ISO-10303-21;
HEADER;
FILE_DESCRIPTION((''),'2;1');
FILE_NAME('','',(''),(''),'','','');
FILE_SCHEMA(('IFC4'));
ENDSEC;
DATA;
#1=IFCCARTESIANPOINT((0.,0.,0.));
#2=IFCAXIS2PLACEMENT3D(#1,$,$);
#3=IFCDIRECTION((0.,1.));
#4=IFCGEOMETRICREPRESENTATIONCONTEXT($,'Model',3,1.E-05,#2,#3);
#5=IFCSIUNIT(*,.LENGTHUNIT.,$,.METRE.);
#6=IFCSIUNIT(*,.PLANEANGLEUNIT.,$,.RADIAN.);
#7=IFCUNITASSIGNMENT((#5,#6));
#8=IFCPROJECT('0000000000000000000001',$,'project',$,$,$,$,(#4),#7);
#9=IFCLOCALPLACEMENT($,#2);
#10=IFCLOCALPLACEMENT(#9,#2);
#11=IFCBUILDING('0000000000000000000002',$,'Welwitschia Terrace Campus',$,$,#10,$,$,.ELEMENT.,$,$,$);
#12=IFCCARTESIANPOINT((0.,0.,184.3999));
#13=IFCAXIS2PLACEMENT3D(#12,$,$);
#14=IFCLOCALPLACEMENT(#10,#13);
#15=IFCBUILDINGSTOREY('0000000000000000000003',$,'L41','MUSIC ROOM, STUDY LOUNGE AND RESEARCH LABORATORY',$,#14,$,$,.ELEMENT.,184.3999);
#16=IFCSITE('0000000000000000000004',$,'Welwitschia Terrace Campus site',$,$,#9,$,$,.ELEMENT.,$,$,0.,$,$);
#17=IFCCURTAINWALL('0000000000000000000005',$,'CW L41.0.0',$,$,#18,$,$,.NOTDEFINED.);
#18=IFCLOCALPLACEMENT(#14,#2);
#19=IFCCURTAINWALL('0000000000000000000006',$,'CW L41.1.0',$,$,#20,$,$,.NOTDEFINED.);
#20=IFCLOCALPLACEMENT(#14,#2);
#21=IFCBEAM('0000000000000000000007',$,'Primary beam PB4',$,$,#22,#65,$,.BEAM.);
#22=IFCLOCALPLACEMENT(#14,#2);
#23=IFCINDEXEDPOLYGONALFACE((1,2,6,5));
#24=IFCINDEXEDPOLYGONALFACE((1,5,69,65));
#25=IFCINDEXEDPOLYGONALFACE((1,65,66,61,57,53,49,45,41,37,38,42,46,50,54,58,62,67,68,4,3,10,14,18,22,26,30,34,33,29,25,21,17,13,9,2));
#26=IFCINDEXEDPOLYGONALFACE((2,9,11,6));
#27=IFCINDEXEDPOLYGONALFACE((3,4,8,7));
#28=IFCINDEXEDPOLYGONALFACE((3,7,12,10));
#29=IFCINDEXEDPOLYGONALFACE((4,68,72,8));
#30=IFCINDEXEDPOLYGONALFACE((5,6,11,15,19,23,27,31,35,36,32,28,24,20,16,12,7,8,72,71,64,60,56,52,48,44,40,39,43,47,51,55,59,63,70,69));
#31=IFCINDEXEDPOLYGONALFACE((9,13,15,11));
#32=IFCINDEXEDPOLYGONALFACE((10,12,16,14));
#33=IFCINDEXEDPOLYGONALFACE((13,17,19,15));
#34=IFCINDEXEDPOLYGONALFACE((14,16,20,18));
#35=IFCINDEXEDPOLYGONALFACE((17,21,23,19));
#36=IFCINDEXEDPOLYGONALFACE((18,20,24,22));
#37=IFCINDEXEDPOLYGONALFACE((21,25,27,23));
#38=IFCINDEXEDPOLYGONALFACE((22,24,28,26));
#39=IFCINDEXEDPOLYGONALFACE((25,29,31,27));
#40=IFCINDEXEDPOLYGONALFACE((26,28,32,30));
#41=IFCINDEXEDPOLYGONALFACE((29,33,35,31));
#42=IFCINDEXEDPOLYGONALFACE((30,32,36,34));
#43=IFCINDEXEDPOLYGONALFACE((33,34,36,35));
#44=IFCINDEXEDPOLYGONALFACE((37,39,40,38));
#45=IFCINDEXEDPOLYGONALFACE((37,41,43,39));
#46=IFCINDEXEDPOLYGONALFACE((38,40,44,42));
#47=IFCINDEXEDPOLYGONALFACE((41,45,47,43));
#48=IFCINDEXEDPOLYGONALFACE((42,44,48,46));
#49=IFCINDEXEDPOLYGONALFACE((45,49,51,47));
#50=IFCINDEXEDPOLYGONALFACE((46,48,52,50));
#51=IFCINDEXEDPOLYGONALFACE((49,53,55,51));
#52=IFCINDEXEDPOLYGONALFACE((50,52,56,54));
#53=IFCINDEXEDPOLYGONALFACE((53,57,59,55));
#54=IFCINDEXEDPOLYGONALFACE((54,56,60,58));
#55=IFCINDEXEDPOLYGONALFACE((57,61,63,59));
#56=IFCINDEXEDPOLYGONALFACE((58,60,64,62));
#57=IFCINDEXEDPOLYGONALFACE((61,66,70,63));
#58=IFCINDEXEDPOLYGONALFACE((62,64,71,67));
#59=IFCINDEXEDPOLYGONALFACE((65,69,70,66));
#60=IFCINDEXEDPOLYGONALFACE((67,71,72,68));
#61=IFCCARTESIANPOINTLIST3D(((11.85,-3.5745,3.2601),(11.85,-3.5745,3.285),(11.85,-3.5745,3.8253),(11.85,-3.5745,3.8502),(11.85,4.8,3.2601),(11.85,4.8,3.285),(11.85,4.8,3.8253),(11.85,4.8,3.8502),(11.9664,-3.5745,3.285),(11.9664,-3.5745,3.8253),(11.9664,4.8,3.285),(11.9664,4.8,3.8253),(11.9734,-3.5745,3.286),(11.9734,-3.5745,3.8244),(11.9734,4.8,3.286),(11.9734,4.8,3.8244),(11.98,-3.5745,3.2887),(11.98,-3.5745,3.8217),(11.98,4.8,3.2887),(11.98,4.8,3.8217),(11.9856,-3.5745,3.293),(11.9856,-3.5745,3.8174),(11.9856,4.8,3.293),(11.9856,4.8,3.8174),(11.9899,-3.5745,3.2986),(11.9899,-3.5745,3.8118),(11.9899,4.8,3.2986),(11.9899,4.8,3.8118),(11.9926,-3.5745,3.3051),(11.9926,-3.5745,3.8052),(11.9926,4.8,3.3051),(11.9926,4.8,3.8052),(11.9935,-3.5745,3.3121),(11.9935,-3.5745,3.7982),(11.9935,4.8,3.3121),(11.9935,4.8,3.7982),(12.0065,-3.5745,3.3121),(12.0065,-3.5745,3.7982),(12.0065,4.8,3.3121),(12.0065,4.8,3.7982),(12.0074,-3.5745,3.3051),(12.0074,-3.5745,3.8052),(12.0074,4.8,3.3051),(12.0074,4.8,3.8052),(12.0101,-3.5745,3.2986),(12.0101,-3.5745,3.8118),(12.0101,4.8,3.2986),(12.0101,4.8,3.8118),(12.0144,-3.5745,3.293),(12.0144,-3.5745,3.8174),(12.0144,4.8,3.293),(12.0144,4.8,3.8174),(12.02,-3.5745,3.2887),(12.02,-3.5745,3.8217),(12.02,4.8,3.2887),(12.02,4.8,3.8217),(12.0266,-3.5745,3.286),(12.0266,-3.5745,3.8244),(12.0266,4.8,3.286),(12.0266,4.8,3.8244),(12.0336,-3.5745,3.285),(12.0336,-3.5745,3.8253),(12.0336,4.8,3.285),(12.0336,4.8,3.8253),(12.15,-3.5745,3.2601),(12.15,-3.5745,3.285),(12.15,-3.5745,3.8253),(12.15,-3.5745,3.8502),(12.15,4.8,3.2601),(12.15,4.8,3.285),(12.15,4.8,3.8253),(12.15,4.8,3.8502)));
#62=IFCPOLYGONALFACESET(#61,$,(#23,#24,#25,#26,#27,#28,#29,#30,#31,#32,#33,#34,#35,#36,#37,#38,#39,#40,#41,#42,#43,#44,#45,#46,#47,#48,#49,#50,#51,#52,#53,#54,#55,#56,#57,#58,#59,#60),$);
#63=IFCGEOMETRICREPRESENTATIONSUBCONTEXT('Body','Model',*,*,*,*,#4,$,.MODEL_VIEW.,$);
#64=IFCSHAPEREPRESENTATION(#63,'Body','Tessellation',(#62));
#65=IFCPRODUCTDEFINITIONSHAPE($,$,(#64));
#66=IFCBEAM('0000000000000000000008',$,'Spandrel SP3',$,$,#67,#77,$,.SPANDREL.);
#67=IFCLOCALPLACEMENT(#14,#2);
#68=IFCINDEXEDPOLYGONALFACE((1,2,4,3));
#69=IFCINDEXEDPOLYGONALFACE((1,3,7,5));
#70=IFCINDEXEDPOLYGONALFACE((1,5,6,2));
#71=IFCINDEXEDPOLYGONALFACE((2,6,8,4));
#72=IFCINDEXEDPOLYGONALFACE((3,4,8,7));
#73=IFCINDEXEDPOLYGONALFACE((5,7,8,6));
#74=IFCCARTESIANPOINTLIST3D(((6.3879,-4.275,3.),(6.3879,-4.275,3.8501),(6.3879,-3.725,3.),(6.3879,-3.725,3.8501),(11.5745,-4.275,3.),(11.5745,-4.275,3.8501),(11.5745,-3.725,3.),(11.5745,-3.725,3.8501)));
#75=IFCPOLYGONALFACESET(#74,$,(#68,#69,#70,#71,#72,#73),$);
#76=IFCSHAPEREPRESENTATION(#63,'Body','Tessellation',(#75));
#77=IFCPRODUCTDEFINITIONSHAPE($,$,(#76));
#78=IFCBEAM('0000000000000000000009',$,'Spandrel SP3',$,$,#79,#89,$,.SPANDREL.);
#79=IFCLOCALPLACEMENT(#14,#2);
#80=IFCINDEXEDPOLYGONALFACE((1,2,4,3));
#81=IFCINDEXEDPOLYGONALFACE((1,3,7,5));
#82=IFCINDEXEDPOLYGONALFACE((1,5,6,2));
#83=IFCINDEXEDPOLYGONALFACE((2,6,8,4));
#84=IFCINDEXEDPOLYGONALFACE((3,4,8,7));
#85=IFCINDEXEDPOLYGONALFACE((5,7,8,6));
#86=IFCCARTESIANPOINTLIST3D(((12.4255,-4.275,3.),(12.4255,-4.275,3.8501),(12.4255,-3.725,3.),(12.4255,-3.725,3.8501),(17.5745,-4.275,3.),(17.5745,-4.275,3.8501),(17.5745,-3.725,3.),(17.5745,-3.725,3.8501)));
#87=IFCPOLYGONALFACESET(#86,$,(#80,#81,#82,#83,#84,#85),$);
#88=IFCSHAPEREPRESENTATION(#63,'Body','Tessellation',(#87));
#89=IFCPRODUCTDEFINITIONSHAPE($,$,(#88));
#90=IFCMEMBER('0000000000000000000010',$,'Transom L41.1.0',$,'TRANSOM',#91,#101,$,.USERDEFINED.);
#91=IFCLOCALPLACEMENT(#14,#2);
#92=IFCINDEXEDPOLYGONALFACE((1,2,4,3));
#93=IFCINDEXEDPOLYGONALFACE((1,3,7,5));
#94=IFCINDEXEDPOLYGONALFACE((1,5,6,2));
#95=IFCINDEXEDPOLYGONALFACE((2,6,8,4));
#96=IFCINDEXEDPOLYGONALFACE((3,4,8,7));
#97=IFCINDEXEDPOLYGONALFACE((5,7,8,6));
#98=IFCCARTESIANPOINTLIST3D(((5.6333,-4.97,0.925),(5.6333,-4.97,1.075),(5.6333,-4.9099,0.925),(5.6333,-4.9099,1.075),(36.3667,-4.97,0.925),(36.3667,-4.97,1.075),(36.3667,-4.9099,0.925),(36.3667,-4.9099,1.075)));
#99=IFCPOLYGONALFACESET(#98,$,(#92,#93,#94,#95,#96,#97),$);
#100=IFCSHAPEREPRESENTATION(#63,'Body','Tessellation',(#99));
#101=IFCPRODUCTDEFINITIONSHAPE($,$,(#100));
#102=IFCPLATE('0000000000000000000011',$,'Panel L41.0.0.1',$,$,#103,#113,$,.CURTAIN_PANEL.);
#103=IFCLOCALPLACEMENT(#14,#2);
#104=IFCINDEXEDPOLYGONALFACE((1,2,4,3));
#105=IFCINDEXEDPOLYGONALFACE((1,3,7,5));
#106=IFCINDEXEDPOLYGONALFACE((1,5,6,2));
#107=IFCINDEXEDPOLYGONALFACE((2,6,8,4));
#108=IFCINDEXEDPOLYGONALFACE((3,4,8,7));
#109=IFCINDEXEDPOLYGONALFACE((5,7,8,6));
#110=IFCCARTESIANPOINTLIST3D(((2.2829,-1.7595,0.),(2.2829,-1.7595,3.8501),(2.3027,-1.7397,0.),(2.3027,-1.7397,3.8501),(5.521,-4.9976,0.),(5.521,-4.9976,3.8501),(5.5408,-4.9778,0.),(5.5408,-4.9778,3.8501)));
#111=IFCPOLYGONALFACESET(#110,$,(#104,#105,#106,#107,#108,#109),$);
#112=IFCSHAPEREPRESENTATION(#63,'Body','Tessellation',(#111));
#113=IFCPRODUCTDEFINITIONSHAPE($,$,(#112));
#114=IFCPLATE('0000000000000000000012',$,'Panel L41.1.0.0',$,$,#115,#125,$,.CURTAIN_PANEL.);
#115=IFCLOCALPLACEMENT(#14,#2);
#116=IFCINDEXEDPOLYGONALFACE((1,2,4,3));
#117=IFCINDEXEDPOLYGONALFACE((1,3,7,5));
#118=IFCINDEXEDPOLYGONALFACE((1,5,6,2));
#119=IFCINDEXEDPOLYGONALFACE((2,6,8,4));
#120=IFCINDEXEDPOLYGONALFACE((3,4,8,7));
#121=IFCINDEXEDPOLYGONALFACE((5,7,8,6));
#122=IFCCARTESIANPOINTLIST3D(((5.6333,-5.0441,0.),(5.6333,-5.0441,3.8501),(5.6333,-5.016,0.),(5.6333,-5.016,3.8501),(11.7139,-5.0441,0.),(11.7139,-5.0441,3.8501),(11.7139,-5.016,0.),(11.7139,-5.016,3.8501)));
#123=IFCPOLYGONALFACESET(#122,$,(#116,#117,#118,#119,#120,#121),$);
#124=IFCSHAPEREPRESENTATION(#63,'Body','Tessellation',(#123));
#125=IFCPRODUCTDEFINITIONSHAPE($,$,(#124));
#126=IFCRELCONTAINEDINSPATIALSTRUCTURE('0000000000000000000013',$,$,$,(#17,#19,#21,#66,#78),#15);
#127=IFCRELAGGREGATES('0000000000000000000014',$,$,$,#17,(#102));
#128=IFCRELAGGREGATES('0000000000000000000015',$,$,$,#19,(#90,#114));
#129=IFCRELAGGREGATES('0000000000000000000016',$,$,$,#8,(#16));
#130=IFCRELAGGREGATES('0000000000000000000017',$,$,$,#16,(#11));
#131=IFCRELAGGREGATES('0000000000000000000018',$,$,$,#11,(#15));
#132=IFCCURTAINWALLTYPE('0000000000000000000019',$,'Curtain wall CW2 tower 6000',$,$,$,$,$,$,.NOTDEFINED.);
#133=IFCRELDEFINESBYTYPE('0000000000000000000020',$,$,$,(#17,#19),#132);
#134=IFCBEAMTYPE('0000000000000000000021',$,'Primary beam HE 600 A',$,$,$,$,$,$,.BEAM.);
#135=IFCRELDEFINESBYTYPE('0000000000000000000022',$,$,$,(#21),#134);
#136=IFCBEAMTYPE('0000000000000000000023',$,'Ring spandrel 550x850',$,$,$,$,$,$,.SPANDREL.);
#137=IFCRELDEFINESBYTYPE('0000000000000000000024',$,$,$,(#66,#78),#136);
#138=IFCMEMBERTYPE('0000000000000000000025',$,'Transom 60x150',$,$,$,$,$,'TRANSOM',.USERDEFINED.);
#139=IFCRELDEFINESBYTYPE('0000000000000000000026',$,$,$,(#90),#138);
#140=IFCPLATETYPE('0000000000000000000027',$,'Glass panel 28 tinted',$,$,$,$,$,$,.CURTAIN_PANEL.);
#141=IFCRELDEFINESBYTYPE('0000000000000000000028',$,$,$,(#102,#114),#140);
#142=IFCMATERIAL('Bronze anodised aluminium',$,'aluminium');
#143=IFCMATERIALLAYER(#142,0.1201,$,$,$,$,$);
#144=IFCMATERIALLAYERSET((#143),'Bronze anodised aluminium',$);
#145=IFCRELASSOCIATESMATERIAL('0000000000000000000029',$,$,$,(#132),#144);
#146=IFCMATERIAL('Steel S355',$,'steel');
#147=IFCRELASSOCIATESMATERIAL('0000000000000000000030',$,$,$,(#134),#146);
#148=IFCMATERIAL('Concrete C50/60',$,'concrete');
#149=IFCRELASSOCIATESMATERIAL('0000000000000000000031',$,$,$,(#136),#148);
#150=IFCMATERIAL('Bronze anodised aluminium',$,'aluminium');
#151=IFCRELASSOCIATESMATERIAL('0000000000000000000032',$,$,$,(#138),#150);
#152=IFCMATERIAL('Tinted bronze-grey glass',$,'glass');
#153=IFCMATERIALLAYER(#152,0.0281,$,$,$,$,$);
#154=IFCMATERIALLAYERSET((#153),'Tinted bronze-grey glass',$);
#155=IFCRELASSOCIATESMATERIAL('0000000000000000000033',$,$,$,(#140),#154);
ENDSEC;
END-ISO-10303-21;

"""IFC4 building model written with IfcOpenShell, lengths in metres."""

from ifc_helpers import new_model, si_unit, direction, frame, origin, origin_2d, place, context, subcontext, project, spatial, rectangle, i_section, extrude, material, layer, layer_set, material_profile, profile_set, type_object, element, aggregate, save


model = new_model("IFC4")

# Units and contexts
model_context = context("Model", 3, precision=1e-05, world=origin(), true_north=direction((0.0, 1.0)))
body_context = subcontext(model_context, "Body", "Model", "MODEL_VIEW")
ifc_project = project(units=[si_unit("LENGTHUNIT", "METRE"), si_unit("PLANEANGLEUNIT", "RADIAN")], contexts=[model_context])

# Site, building, storey
site_placement = place(None, origin())
site = spatial("IfcSite", under=ifc_project, at=site_placement, Name="Welwitschia Terrace Campus site", CompositionType="ELEMENT", RefElevation=0.0)
building_placement = place(site_placement, origin())
building = spatial("IfcBuilding", under=site, at=building_placement, Name="Welwitschia Terrace Campus", CompositionType="ELEMENT")
storey_placement = place(building_placement, frame((0.0, 0.0, 184.3999)))
storey = spatial("IfcBuildingStorey", under=building, at=storey_placement, Name="L41", Description="MUSIC ROOM, STUDY LOUNGE AND RESEARCH LABORATORY", CompositionType="ELEMENT", Elevation=184.3999)

# Curtain walls
ifc_material_1 = material(Name="Bronze anodised aluminium", Category="aluminium")
ifc_layer_1 = layer(ifc_material_1, 0.1201)
ifc_layer_set_1 = layer_set([ifc_layer_1], Name="Bronze anodised aluminium")
curtain_wall_type = type_object("IfcCurtainWallType", Name="Curtain wall CW2 tower 6000", PredefinedType="NOTDEFINED", material=ifc_layer_set_1)
curtain_wall_1_placement = place(storey_placement, origin())
curtain_wall_1 = element("IfcCurtainWall", 1, at=curtain_wall_1_placement, inside=storey, type_object=curtain_wall_type, Name="CW L41.0.0", PredefinedType="NOTDEFINED")
curtain_wall_2_placement = place(storey_placement, origin())
curtain_wall_2 = element("IfcCurtainWall", 2, at=curtain_wall_2_placement, inside=storey, type_object=curtain_wall_type, Name="CW L41.1.0", PredefinedType="NOTDEFINED")

# Beams
ifc_material_2 = material(Name="Steel S355", Category="steel")
ifc_material_profile_1 = material_profile(ifc_material_2, i_section(OverallWidth=0.3, OverallDepth=0.5901, WebThickness=0.0129, FlangeThickness=0.0249, FilletRadius=0.0271, at=origin_2d()))
ifc_profile_set_1 = profile_set([ifc_material_profile_1], Name="Steel S355")
beam_type_1 = type_object("IfcBeamType", Name="Primary beam HE 600 A", PredefinedType="BEAM", material=ifc_profile_set_1)
beam_1_placement = place(storey_placement, frame((12.0, -3.5745, 3.5552), z_axis=(0.0, 1.0, 0.0), x_axis=(-1.0, 0.0, 0.0)))
element("IfcBeam", 3, at=beam_1_placement, inside=storey, type_object=beam_type_1, Name="Primary beam PB4", PredefinedType="BEAM", context=body_context, shape_type="SweptSolid", body=[
    extrude(i_section(OverallWidth=0.3, OverallDepth=0.5901, WebThickness=0.0129, FlangeThickness=0.0249, FilletRadius=0.0271, at=origin_2d()), origin(), (0.0, 0.0, 1.0), 8.3745),
])
ifc_material_3 = material(Name="Concrete C50/60", Category="concrete")
ifc_material_profile_2 = material_profile(ifc_material_3, rectangle(XDim=0.55, YDim=0.8501, at=origin_2d()))
ifc_profile_set_2 = profile_set([ifc_material_profile_2], Name="Concrete C50/60")
beam_type_2 = type_object("IfcBeamType", Name="Ring spandrel 550x850", PredefinedType="SPANDREL", material=ifc_profile_set_2)
beam_2_placement = place(storey_placement, frame((6.3879, -4.0, 3.425), z_axis=(1.0, 0.0, 0.0), x_axis=(0.0, 1.0, 0.0)))
element("IfcBeam", 4, at=beam_2_placement, inside=storey, type_object=beam_type_2, Name="Spandrel SP3", PredefinedType="SPANDREL", context=body_context, shape_type="SweptSolid", body=[
    extrude(rectangle(XDim=0.55, YDim=0.8501, at=origin_2d()), origin(), (0.0, 0.0, 1.0), 5.1865),
])
beam_3_placement = place(storey_placement, frame((12.4255, -4.0, 3.425), z_axis=(1.0, 0.0, 0.0), x_axis=(0.0, 1.0, 0.0)))
element("IfcBeam", 5, at=beam_3_placement, inside=storey, type_object=beam_type_2, Name="Spandrel SP3", PredefinedType="SPANDREL", context=body_context, shape_type="SweptSolid", body=[
    extrude(rectangle(XDim=0.55, YDim=0.8501, at=origin_2d()), origin(), (0.0, 0.0, 1.0), 5.1489),
])

# Member
ifc_material_4 = material(Name="Bronze anodised aluminium", Category="aluminium")
ifc_material_profile_3 = material_profile(ifc_material_4, rectangle(XDim=0.0601, YDim=0.1499, at=origin_2d()))
ifc_profile_set_3 = profile_set([ifc_material_profile_3], Name="Bronze anodised aluminium")
member_type_1 = type_object("IfcMemberType", Name="Transom 60x150", ElementType="TRANSOM", PredefinedType="USERDEFINED", material=ifc_profile_set_3)
member_1_placement = place(storey_placement, frame((5.6333, -4.9399, 1.0), z_axis=(1.0, 0.0, 0.0), x_axis=(0.0, 1.0, 0.0)))
member_1 = element("IfcMember", 6, at=member_1_placement, type_object=member_type_1, Name="Transom L41.1.0", ObjectType="TRANSOM", PredefinedType="USERDEFINED", context=body_context, shape_type="SweptSolid", body=[
    extrude(rectangle(XDim=0.0601, YDim=0.1499, at=origin_2d()), origin(), (0.0, 0.0, 1.0), 30.7334),
])

# Plates
ifc_material_5 = material(Name="Tinted bronze-grey glass", Category="glass")
ifc_layer_2 = layer(ifc_material_5, 0.0281)
ifc_layer_set_2 = layer_set([ifc_layer_2], Name="Tinted bronze-grey glass")
plate_type = type_object("IfcPlateType", Name="Glass panel 28 tinted", PredefinedType="CURTAIN_PANEL", material=ifc_layer_set_2)
plate_1_placement = place(storey_placement, frame((3.9119, -3.3687, 0.0), z_axis=(0.0, 0.0, 1.0), x_axis=(0.707107, -0.707107, 0.0)))
plate_1 = element("IfcPlate", 7, at=plate_1_placement, type_object=plate_type, Name="Panel L41.0.0.1", PredefinedType="CURTAIN_PANEL", context=body_context, shape_type="SweptSolid", body=[
    extrude(rectangle(XDim=4.5793, YDim=0.0281, at=origin_2d()), origin(), (0.0, 0.0, 1.0), 3.8501),
])
aggregate(curtain_wall_1, [plate_1])
plate_2_placement = place(storey_placement, frame((8.6736, -5.03, 0.0), z_axis=(0.0, 0.0, 1.0), x_axis=(1.0, 0.0, 0.0)))
plate_2 = element("IfcPlate", 8, at=plate_2_placement, type_object=plate_type, Name="Panel L41.1.0.0", PredefinedType="CURTAIN_PANEL", context=body_context, shape_type="SweptSolid", body=[
    extrude(rectangle(XDim=6.0806, YDim=0.0281, at=origin_2d()), origin(), (0.0, 0.0, 1.0), 3.8501),
])
aggregate(curtain_wall_2, [member_1, plate_2])

save(model, "model.ifc")
